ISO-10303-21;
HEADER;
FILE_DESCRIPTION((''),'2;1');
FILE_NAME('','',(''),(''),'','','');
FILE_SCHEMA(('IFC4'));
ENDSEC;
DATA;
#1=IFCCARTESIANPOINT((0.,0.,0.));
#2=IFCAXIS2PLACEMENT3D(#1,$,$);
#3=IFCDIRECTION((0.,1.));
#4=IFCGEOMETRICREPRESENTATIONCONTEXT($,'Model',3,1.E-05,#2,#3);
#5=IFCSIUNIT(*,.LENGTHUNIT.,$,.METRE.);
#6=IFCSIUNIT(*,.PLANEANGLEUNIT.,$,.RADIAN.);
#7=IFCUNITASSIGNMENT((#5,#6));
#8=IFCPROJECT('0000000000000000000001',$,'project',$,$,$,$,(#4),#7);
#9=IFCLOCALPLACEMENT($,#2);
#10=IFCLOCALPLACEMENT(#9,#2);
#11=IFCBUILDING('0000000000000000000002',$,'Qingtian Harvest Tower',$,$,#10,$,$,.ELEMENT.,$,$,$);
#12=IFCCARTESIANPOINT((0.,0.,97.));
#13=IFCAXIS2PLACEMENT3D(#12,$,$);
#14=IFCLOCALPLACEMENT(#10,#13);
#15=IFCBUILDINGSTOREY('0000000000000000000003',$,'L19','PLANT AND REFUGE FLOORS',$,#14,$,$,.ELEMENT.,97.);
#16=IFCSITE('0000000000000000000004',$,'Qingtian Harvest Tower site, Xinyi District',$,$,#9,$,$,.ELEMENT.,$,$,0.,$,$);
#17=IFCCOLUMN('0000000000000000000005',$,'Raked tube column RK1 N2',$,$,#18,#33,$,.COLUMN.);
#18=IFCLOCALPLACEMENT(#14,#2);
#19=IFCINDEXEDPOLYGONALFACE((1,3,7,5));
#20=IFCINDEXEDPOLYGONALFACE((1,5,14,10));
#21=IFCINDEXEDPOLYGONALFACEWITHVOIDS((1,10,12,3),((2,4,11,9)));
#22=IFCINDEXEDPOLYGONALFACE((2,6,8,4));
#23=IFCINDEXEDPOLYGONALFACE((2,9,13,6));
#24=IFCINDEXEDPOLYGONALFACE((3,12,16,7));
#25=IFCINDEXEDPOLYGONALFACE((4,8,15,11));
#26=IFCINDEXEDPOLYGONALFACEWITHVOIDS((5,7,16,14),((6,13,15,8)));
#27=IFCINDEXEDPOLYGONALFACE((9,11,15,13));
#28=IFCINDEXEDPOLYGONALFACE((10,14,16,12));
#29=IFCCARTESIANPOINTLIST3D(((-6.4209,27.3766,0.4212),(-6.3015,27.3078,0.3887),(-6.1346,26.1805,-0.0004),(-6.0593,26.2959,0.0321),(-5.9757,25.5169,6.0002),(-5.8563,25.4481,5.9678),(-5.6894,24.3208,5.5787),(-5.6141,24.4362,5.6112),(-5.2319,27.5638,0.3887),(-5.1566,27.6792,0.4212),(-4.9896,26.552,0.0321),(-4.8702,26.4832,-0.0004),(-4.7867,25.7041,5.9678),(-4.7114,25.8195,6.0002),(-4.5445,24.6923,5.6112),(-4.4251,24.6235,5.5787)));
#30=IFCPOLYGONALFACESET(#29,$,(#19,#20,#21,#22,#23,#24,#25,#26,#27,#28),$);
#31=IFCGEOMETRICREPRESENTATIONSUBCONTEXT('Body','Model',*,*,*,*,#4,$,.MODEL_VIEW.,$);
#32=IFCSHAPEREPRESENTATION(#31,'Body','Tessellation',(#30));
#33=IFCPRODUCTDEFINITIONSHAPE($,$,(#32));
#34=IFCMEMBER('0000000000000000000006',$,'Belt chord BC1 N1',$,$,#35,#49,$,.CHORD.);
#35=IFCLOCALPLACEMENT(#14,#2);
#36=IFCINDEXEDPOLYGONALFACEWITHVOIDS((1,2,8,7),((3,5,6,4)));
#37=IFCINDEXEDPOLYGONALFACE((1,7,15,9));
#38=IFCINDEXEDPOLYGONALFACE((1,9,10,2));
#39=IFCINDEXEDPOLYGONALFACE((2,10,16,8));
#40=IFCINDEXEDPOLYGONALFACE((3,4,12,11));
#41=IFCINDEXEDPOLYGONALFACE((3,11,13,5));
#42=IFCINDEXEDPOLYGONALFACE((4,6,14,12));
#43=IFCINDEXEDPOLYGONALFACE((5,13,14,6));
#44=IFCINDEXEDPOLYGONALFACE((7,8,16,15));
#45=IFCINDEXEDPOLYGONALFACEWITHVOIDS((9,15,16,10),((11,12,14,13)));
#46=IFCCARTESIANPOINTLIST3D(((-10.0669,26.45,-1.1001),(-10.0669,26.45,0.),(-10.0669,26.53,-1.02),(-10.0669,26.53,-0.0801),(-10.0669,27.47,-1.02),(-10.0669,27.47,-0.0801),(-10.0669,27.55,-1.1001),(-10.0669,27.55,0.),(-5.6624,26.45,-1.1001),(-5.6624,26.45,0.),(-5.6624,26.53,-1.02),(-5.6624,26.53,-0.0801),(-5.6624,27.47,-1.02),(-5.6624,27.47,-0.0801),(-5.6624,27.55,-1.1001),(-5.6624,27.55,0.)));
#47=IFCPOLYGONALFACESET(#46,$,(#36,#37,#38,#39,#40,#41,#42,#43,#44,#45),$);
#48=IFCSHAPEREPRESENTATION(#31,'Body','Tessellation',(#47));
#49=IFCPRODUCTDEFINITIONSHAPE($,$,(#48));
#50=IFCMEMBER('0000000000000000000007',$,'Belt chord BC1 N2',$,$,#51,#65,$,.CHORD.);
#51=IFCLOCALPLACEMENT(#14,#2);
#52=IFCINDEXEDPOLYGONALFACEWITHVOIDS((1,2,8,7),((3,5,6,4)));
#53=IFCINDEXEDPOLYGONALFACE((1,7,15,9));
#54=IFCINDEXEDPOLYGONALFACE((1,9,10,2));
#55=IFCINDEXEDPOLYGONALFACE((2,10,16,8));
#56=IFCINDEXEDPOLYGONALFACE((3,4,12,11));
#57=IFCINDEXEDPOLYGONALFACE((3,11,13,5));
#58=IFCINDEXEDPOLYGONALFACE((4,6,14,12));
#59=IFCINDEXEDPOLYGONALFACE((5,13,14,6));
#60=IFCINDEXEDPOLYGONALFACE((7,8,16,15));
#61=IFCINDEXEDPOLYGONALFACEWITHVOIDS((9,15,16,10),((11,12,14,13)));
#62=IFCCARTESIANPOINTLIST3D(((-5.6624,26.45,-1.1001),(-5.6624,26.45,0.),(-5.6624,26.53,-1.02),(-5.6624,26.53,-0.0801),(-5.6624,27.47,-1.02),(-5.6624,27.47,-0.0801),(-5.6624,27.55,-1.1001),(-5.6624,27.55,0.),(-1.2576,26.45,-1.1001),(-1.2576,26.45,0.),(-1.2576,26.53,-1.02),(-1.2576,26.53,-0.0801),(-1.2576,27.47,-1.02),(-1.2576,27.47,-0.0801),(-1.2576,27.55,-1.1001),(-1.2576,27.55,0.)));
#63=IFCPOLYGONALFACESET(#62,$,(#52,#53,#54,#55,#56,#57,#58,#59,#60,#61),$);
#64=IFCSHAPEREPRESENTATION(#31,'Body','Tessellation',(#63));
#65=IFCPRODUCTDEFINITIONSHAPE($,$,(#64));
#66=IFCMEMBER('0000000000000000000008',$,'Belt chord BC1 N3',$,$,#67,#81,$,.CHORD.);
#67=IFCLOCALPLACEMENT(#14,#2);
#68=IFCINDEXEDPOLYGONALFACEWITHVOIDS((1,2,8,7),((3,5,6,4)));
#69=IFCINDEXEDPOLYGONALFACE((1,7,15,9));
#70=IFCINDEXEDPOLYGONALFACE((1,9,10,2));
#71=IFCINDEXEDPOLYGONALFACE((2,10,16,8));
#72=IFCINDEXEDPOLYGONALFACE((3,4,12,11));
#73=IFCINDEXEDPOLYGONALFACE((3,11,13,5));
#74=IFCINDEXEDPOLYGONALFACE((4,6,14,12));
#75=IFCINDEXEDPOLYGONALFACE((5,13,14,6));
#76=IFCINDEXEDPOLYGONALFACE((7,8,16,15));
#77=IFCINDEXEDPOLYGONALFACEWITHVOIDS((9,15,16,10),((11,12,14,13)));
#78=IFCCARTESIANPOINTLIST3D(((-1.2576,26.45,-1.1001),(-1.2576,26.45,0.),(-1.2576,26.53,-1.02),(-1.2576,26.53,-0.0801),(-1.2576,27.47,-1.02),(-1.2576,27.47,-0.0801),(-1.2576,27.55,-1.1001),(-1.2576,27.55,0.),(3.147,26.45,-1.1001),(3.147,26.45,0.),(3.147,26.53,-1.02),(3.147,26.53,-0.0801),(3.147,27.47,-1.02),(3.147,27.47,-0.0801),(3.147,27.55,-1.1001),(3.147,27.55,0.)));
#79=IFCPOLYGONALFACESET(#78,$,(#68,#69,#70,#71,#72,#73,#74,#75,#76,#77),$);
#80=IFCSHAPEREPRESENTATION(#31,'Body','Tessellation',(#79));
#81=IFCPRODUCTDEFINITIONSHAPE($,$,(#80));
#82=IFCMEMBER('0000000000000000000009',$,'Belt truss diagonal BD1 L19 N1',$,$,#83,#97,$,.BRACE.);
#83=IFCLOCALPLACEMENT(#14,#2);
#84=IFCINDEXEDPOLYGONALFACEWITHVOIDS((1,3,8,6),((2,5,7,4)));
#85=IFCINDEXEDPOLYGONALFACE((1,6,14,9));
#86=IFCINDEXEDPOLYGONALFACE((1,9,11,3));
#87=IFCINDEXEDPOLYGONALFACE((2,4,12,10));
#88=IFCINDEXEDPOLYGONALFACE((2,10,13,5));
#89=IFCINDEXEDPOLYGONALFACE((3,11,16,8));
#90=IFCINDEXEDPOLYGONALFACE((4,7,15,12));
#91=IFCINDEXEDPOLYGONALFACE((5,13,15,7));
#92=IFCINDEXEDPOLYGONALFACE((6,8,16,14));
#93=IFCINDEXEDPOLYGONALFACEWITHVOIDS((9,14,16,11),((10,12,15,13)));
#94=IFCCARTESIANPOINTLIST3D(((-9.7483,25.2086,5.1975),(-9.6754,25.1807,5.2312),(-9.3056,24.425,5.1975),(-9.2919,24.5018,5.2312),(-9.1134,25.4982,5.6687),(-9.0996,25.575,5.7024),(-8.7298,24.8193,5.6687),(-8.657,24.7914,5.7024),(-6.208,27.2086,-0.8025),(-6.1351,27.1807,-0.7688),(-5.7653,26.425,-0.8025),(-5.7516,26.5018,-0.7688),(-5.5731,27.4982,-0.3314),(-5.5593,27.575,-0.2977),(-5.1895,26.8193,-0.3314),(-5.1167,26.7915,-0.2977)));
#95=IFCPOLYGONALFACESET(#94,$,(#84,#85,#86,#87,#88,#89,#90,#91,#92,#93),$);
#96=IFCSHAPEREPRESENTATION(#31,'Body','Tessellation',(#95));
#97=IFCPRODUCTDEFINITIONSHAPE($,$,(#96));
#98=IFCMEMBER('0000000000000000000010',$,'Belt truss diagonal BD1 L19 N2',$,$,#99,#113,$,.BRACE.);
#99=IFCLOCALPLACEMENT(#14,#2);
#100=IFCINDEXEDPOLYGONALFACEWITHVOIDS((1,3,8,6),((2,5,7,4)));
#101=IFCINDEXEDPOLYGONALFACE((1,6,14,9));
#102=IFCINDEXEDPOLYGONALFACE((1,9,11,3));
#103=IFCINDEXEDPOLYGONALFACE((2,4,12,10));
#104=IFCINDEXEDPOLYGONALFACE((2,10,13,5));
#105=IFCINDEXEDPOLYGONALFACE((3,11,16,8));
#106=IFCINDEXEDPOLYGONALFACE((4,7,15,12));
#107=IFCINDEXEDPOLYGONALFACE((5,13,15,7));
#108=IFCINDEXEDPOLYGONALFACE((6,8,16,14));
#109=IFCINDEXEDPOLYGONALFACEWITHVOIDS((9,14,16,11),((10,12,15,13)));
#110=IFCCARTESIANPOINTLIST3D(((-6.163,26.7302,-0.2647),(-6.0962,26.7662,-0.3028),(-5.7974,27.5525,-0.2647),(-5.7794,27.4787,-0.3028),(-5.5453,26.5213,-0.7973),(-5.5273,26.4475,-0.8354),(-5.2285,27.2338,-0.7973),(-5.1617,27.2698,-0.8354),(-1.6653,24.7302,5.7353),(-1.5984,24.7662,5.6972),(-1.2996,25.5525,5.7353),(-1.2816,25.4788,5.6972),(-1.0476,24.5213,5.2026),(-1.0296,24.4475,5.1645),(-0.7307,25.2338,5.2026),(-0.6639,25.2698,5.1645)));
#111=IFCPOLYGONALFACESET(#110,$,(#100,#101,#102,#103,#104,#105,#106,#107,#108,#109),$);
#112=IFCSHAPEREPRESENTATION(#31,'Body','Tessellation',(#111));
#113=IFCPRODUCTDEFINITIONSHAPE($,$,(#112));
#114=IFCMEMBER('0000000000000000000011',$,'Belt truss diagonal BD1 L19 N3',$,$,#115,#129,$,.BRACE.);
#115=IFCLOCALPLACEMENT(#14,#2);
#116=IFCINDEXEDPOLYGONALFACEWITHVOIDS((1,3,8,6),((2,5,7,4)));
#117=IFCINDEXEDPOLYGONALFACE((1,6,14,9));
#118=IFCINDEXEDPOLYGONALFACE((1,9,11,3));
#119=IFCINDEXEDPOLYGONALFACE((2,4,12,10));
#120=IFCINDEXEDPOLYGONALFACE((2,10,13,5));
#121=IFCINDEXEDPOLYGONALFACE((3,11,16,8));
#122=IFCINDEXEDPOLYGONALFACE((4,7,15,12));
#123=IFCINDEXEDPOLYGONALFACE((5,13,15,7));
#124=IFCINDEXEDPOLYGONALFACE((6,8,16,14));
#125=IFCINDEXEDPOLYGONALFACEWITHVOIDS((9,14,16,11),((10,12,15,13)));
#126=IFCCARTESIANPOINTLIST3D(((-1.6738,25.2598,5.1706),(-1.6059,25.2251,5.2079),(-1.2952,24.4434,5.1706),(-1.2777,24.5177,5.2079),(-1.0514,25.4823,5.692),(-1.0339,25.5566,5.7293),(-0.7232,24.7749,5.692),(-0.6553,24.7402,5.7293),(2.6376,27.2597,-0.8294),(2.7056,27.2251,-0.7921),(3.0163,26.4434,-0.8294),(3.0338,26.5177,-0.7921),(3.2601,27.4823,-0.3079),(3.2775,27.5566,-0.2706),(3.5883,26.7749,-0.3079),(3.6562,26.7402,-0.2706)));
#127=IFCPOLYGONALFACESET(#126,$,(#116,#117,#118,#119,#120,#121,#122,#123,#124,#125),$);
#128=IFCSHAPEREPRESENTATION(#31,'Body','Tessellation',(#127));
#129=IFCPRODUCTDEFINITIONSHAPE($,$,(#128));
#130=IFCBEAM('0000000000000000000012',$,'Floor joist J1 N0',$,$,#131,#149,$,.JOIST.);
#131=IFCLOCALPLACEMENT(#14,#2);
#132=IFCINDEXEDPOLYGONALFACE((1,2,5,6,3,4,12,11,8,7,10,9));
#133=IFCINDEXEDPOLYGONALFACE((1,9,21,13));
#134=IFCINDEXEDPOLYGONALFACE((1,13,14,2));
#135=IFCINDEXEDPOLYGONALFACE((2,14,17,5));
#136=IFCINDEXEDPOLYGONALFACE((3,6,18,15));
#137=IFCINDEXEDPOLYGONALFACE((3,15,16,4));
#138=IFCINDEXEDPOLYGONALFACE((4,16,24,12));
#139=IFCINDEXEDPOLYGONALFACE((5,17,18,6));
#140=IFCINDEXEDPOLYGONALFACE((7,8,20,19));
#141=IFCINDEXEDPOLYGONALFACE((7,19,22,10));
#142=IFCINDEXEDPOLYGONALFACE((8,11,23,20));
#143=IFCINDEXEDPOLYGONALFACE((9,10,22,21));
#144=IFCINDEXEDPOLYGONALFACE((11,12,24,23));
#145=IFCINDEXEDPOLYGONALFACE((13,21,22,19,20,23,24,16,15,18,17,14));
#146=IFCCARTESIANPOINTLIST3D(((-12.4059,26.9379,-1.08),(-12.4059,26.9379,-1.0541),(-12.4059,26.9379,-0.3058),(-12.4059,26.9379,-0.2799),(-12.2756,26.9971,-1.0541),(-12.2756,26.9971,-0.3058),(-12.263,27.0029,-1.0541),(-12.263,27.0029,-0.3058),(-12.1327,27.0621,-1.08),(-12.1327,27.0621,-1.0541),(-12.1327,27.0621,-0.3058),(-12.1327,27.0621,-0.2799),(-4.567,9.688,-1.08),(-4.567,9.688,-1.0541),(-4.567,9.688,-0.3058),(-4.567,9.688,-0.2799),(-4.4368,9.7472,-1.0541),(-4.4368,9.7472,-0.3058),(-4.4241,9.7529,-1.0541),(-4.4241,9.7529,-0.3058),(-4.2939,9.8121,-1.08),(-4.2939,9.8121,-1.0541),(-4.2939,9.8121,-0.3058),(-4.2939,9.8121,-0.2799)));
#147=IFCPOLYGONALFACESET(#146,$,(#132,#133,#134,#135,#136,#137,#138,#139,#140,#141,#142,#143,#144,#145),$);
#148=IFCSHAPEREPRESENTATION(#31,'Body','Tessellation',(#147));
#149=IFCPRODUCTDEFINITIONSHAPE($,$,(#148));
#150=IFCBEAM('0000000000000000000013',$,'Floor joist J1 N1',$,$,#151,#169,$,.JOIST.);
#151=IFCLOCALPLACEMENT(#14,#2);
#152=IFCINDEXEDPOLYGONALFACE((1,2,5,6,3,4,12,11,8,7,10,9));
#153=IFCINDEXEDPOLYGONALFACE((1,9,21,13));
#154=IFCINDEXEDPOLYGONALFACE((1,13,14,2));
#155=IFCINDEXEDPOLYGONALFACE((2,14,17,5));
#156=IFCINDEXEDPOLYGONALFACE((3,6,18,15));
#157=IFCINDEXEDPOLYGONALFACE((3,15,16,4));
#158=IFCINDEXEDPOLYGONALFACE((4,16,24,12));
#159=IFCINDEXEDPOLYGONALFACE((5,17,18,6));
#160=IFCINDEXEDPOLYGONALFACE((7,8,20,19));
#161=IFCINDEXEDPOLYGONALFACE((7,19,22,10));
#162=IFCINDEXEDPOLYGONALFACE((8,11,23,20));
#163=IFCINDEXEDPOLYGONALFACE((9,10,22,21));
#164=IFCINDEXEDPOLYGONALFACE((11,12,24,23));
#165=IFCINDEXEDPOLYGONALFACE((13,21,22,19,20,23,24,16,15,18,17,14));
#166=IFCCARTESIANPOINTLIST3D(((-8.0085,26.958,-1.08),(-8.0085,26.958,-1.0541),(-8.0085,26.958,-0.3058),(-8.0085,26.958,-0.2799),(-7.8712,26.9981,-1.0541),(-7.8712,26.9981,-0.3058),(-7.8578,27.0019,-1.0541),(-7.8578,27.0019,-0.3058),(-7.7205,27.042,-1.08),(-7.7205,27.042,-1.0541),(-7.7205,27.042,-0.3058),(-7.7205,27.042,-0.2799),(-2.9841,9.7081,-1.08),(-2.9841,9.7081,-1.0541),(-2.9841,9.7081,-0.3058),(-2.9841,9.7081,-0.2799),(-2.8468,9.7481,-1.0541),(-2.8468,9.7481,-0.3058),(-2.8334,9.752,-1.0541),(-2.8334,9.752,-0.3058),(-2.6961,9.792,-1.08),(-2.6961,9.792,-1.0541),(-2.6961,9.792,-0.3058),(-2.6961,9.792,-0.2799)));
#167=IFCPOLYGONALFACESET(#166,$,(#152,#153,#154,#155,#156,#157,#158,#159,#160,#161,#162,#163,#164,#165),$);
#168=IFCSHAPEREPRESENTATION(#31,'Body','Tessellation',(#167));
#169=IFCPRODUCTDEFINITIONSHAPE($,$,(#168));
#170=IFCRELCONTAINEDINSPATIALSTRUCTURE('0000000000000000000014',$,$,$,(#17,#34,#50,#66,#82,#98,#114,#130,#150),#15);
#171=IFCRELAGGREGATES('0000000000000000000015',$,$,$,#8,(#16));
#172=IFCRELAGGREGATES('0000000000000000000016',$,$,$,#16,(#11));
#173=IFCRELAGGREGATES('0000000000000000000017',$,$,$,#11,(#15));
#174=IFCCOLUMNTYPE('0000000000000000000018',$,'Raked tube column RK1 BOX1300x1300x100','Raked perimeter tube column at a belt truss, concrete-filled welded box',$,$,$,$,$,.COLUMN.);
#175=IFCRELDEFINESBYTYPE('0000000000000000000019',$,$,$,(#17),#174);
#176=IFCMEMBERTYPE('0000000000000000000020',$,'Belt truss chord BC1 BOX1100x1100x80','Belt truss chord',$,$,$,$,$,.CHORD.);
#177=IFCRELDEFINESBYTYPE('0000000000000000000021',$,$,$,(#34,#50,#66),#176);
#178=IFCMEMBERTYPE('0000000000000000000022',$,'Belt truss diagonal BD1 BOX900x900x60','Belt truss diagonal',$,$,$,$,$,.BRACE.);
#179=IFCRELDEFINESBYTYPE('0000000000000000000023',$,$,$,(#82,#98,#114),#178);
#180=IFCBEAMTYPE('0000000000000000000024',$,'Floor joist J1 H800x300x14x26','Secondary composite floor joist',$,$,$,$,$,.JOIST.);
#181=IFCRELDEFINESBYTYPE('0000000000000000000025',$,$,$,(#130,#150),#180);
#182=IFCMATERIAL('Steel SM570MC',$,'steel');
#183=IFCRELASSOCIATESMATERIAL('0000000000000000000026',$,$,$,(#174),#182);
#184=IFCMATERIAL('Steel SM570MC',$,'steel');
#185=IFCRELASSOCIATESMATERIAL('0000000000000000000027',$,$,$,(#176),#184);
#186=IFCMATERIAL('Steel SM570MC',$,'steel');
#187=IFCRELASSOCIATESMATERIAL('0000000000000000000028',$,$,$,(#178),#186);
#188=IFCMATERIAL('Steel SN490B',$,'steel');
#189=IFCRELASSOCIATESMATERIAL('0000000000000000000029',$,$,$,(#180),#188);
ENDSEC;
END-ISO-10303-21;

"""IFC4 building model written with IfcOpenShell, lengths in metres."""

from ifc_helpers import new_model, si_unit, direction, frame, origin, origin_2d, place, context, subcontext, project, spatial, hollow_rectangle, i_section, extrude, clip, halfspace, material, material_profile, profile_set, type_object, element, save


model = new_model("IFC4")

# Units and contexts
model_context = context("Model", 3, precision=1e-05, world=origin(), true_north=direction((0.0, 1.0)))
body_context = subcontext(model_context, "Body", "Model", "MODEL_VIEW")
ifc_project = project(units=[si_unit("LENGTHUNIT", "METRE"), si_unit("PLANEANGLEUNIT", "RADIAN")], contexts=[model_context])

# Site, building, storey
site_placement = place(None, origin())
site = spatial("IfcSite", under=ifc_project, at=site_placement, Name="Qingtian Harvest Tower site, Xinyi District", CompositionType="ELEMENT", RefElevation=0.0)
building_placement = place(site_placement, origin())
building = spatial("IfcBuilding", under=site, at=building_placement, Name="Qingtian Harvest Tower", CompositionType="ELEMENT")
storey_placement = place(building_placement, frame((0.0, 0.0, 97.0)))
storey = spatial("IfcBuildingStorey", under=building, at=storey_placement, Name="L19", Description="PLANT AND REFUGE FLOORS", CompositionType="ELEMENT", Elevation=97.0)

# Column
ifc_material_1 = material(Name="Steel SM570MC", Category="steel")
ifc_material_profile_1 = material_profile(ifc_material_1, hollow_rectangle(XDim=1.3, YDim=1.3, WallThickness=0.1001, at=origin_2d()), Name="BOX1300x1300x100")
ifc_profile_set_1 = profile_set([ifc_material_profile_1], Name="Steel SM570MC")
column_type = type_object("IfcColumnType", Name="Raked tube column RK1 BOX1300x1300x100", Description="Raked perimeter tube column at a belt truss, concrete-filled welded box", PredefinedType="COLUMN", material=ifc_profile_set_1)
column_1_placement = place(storey_placement, frame((-5.6624, 27.0, 0.0), z_axis=(0.075483, -0.315326, 0.945977), x_axis=(-0.972524, -0.232803, 0.0)))
element("IfcColumn", 1, at=column_1_placement, inside=storey, type_object=column_type, Name="Raked tube column RK1 N2", PredefinedType="COLUMN", context=body_context, shape_type="Clipping", body=[
    clip(clip(extrude(hollow_rectangle(XDim=1.3, YDim=1.3, WallThickness=0.1001, at=origin_2d()), origin(), (0.0, 0.0, 1.0), 6.3425), halfspace(frame((0.0, 0.0, 0.2224), z_axis=(0.0, 0.0, -1.0), x_axis=(0.0, -1.0, 0.0)), False)), halfspace(frame((0.0, 0.0, 6.1201), z_axis=(0.0, 0.0, 1.0), x_axis=(0.0, 1.0, 0.0)), False)),
])

# Members
ifc_material_2 = material(Name="Steel SM570MC", Category="steel")
ifc_material_profile_2 = material_profile(ifc_material_2, hollow_rectangle(XDim=1.1001, YDim=1.1001, WallThickness=0.0801, at=origin_2d()), Name="BOX1100x1100x80")
ifc_profile_set_2 = profile_set([ifc_material_profile_2], Name="Steel SM570MC")
member_type_1 = type_object("IfcMemberType", Name="Belt truss chord BC1 BOX1100x1100x80", Description="Belt truss chord", PredefinedType="CHORD", material=ifc_profile_set_2)
member_1_placement = place(storey_placement, frame((-10.0669, 27.0, -0.55), z_axis=(1.0, 0.0, 0.0), x_axis=(0.0, 1.0, 0.0)))
element("IfcMember", 2, at=member_1_placement, inside=storey, type_object=member_type_1, Name="Belt chord BC1 N1", PredefinedType="CHORD", context=body_context, shape_type="SweptSolid", body=[
    extrude(hollow_rectangle(XDim=1.1001, YDim=1.1001, WallThickness=0.0801, at=origin_2d()), origin(), (0.0, 0.0, 1.0), 4.4045),
])
member_2_placement = place(storey_placement, frame((-5.6624, 27.0, -0.55), z_axis=(1.0, 0.0, 0.0), x_axis=(0.0, 1.0, 0.0)))
element("IfcMember", 3, at=member_2_placement, inside=storey, type_object=member_type_1, Name="Belt chord BC1 N2", PredefinedType="CHORD", context=body_context, shape_type="SweptSolid", body=[
    extrude(hollow_rectangle(XDim=1.1001, YDim=1.1001, WallThickness=0.0801, at=origin_2d()), origin(), (0.0, 0.0, 1.0), 4.4048),
])
member_3_placement = place(storey_placement, frame((-1.2576, 27.0, -0.55), z_axis=(1.0, 0.0, 0.0), x_axis=(0.0, 1.0, 0.0)))
element("IfcMember", 4, at=member_3_placement, inside=storey, type_object=member_type_1, Name="Belt chord BC1 N3", PredefinedType="CHORD", context=body_context, shape_type="SweptSolid", body=[
    extrude(hollow_rectangle(XDim=1.1001, YDim=1.1001, WallThickness=0.0801, at=origin_2d()), origin(), (0.0, 0.0, 1.0), 4.4045),
])
ifc_material_3 = material(Name="Steel SM570MC", Category="steel")
ifc_material_profile_3 = material_profile(ifc_material_3, hollow_rectangle(XDim=0.8999, YDim=0.8999, WallThickness=0.0601, at=origin_2d()), Name="BOX900x900x60")
ifc_profile_set_3 = profile_set([ifc_material_profile_3], Name="Steel SM570MC")
member_type_2 = type_object("IfcMemberType", Name="Belt truss diagonal BD1 BOX900x900x60", Description="Belt truss diagonal", PredefinedType="BRACE", material=ifc_profile_set_3)
member_4_placement = place(storey_placement, frame((-9.2026, 25.0, 5.45), z_axis=(0.488449, 0.275938, -0.827814), x_axis=(-0.491865, 0.870671, 0.0)))
element("IfcMember", 5, at=member_4_placement, inside=storey, type_object=member_type_2, Name="Belt truss diagonal BD1 L19 N1", PredefinedType="BRACE", context=body_context, shape_type="SweptSolid", body=[
    extrude(hollow_rectangle(XDim=0.8999, YDim=0.8999, WallThickness=0.0601, at=origin_2d()), origin(), (0.0, 0.0, 1.0), 7.248),
])
member_5_placement = place(storey_placement, frame((-5.6624, 27.0, -0.55), z_axis=(0.579553, -0.257705, 0.773115), x_axis=(0.406304, 0.913738, 0.0)))
element("IfcMember", 6, at=member_5_placement, inside=storey, type_object=member_type_2, Name="Belt truss diagonal BD1 L19 N2", PredefinedType="BRACE", context=body_context, shape_type="SweptSolid", body=[
    extrude(hollow_rectangle(XDim=0.8999, YDim=0.8999, WallThickness=0.0601, at=origin_2d()), origin(), (0.0, 0.0, 1.0), 7.7607),
])
member_6_placement = place(storey_placement, frame((-1.1646, 25.0, 5.45), z_axis=(0.563277, 0.261289, -0.783867), x_axis=(-0.420803, 0.907152, 0.0)))
element("IfcMember", 7, at=member_6_placement, inside=storey, type_object=member_type_2, Name="Belt truss diagonal BD1 L19 N3", PredefinedType="BRACE", context=body_context, shape_type="SweptSolid", body=[
    extrude(hollow_rectangle(XDim=0.8999, YDim=0.8999, WallThickness=0.0601, at=origin_2d()), origin(), (0.0, 0.0, 1.0), 7.6543),
])

# Beams
ifc_material_4 = material(Name="Steel SN490B", Category="steel")
ifc_material_profile_4 = material_profile(ifc_material_4, i_section(OverallWidth=0.3, OverallDepth=0.8, WebThickness=0.0139, FlangeThickness=0.0259, at=origin_2d()), Name="H800x300x14x26")
ifc_profile_set_4 = profile_set([ifc_material_profile_4], Name="Steel SN490B")
beam_type_1 = type_object("IfcBeamType", Name="Floor joist J1 H800x300x14x26", Description="Secondary composite floor joist", PredefinedType="JOIST", material=ifc_profile_set_4)
beam_1_placement = place(storey_placement, frame((-12.2693, 27.0, -0.6799), z_axis=(0.413714, -0.910407, 0.0), x_axis=(0.910407, 0.413714, 0.0)))
element("IfcBeam", 8, at=beam_1_placement, inside=storey, type_object=beam_type_1, Name="Floor joist J1 N0", PredefinedType="JOIST", context=body_context, shape_type="SweptSolid", body=[
    extrude(i_section(OverallWidth=0.3, OverallDepth=0.8, WebThickness=0.0139, FlangeThickness=0.0259, at=origin_2d()), origin(), (0.0, 0.0, 1.0), 18.9475),
])
beam_2_placement = place(storey_placement, frame((-7.8645, 27.0, -0.6799), z_axis=(0.279649, -0.960102, 0.0), x_axis=(0.960102, 0.279649, 0.0)))
element("IfcBeam", 9, at=beam_2_placement, inside=storey, type_object=beam_type_1, Name="Floor joist J1 N1", PredefinedType="JOIST", context=body_context, shape_type="SweptSolid", body=[
    extrude(i_section(OverallWidth=0.3, OverallDepth=0.8, WebThickness=0.0139, FlangeThickness=0.0259, at=origin_2d()), origin(), (0.0, 0.0, 1.0), 17.9668),
])

save(model, "model.ifc")
